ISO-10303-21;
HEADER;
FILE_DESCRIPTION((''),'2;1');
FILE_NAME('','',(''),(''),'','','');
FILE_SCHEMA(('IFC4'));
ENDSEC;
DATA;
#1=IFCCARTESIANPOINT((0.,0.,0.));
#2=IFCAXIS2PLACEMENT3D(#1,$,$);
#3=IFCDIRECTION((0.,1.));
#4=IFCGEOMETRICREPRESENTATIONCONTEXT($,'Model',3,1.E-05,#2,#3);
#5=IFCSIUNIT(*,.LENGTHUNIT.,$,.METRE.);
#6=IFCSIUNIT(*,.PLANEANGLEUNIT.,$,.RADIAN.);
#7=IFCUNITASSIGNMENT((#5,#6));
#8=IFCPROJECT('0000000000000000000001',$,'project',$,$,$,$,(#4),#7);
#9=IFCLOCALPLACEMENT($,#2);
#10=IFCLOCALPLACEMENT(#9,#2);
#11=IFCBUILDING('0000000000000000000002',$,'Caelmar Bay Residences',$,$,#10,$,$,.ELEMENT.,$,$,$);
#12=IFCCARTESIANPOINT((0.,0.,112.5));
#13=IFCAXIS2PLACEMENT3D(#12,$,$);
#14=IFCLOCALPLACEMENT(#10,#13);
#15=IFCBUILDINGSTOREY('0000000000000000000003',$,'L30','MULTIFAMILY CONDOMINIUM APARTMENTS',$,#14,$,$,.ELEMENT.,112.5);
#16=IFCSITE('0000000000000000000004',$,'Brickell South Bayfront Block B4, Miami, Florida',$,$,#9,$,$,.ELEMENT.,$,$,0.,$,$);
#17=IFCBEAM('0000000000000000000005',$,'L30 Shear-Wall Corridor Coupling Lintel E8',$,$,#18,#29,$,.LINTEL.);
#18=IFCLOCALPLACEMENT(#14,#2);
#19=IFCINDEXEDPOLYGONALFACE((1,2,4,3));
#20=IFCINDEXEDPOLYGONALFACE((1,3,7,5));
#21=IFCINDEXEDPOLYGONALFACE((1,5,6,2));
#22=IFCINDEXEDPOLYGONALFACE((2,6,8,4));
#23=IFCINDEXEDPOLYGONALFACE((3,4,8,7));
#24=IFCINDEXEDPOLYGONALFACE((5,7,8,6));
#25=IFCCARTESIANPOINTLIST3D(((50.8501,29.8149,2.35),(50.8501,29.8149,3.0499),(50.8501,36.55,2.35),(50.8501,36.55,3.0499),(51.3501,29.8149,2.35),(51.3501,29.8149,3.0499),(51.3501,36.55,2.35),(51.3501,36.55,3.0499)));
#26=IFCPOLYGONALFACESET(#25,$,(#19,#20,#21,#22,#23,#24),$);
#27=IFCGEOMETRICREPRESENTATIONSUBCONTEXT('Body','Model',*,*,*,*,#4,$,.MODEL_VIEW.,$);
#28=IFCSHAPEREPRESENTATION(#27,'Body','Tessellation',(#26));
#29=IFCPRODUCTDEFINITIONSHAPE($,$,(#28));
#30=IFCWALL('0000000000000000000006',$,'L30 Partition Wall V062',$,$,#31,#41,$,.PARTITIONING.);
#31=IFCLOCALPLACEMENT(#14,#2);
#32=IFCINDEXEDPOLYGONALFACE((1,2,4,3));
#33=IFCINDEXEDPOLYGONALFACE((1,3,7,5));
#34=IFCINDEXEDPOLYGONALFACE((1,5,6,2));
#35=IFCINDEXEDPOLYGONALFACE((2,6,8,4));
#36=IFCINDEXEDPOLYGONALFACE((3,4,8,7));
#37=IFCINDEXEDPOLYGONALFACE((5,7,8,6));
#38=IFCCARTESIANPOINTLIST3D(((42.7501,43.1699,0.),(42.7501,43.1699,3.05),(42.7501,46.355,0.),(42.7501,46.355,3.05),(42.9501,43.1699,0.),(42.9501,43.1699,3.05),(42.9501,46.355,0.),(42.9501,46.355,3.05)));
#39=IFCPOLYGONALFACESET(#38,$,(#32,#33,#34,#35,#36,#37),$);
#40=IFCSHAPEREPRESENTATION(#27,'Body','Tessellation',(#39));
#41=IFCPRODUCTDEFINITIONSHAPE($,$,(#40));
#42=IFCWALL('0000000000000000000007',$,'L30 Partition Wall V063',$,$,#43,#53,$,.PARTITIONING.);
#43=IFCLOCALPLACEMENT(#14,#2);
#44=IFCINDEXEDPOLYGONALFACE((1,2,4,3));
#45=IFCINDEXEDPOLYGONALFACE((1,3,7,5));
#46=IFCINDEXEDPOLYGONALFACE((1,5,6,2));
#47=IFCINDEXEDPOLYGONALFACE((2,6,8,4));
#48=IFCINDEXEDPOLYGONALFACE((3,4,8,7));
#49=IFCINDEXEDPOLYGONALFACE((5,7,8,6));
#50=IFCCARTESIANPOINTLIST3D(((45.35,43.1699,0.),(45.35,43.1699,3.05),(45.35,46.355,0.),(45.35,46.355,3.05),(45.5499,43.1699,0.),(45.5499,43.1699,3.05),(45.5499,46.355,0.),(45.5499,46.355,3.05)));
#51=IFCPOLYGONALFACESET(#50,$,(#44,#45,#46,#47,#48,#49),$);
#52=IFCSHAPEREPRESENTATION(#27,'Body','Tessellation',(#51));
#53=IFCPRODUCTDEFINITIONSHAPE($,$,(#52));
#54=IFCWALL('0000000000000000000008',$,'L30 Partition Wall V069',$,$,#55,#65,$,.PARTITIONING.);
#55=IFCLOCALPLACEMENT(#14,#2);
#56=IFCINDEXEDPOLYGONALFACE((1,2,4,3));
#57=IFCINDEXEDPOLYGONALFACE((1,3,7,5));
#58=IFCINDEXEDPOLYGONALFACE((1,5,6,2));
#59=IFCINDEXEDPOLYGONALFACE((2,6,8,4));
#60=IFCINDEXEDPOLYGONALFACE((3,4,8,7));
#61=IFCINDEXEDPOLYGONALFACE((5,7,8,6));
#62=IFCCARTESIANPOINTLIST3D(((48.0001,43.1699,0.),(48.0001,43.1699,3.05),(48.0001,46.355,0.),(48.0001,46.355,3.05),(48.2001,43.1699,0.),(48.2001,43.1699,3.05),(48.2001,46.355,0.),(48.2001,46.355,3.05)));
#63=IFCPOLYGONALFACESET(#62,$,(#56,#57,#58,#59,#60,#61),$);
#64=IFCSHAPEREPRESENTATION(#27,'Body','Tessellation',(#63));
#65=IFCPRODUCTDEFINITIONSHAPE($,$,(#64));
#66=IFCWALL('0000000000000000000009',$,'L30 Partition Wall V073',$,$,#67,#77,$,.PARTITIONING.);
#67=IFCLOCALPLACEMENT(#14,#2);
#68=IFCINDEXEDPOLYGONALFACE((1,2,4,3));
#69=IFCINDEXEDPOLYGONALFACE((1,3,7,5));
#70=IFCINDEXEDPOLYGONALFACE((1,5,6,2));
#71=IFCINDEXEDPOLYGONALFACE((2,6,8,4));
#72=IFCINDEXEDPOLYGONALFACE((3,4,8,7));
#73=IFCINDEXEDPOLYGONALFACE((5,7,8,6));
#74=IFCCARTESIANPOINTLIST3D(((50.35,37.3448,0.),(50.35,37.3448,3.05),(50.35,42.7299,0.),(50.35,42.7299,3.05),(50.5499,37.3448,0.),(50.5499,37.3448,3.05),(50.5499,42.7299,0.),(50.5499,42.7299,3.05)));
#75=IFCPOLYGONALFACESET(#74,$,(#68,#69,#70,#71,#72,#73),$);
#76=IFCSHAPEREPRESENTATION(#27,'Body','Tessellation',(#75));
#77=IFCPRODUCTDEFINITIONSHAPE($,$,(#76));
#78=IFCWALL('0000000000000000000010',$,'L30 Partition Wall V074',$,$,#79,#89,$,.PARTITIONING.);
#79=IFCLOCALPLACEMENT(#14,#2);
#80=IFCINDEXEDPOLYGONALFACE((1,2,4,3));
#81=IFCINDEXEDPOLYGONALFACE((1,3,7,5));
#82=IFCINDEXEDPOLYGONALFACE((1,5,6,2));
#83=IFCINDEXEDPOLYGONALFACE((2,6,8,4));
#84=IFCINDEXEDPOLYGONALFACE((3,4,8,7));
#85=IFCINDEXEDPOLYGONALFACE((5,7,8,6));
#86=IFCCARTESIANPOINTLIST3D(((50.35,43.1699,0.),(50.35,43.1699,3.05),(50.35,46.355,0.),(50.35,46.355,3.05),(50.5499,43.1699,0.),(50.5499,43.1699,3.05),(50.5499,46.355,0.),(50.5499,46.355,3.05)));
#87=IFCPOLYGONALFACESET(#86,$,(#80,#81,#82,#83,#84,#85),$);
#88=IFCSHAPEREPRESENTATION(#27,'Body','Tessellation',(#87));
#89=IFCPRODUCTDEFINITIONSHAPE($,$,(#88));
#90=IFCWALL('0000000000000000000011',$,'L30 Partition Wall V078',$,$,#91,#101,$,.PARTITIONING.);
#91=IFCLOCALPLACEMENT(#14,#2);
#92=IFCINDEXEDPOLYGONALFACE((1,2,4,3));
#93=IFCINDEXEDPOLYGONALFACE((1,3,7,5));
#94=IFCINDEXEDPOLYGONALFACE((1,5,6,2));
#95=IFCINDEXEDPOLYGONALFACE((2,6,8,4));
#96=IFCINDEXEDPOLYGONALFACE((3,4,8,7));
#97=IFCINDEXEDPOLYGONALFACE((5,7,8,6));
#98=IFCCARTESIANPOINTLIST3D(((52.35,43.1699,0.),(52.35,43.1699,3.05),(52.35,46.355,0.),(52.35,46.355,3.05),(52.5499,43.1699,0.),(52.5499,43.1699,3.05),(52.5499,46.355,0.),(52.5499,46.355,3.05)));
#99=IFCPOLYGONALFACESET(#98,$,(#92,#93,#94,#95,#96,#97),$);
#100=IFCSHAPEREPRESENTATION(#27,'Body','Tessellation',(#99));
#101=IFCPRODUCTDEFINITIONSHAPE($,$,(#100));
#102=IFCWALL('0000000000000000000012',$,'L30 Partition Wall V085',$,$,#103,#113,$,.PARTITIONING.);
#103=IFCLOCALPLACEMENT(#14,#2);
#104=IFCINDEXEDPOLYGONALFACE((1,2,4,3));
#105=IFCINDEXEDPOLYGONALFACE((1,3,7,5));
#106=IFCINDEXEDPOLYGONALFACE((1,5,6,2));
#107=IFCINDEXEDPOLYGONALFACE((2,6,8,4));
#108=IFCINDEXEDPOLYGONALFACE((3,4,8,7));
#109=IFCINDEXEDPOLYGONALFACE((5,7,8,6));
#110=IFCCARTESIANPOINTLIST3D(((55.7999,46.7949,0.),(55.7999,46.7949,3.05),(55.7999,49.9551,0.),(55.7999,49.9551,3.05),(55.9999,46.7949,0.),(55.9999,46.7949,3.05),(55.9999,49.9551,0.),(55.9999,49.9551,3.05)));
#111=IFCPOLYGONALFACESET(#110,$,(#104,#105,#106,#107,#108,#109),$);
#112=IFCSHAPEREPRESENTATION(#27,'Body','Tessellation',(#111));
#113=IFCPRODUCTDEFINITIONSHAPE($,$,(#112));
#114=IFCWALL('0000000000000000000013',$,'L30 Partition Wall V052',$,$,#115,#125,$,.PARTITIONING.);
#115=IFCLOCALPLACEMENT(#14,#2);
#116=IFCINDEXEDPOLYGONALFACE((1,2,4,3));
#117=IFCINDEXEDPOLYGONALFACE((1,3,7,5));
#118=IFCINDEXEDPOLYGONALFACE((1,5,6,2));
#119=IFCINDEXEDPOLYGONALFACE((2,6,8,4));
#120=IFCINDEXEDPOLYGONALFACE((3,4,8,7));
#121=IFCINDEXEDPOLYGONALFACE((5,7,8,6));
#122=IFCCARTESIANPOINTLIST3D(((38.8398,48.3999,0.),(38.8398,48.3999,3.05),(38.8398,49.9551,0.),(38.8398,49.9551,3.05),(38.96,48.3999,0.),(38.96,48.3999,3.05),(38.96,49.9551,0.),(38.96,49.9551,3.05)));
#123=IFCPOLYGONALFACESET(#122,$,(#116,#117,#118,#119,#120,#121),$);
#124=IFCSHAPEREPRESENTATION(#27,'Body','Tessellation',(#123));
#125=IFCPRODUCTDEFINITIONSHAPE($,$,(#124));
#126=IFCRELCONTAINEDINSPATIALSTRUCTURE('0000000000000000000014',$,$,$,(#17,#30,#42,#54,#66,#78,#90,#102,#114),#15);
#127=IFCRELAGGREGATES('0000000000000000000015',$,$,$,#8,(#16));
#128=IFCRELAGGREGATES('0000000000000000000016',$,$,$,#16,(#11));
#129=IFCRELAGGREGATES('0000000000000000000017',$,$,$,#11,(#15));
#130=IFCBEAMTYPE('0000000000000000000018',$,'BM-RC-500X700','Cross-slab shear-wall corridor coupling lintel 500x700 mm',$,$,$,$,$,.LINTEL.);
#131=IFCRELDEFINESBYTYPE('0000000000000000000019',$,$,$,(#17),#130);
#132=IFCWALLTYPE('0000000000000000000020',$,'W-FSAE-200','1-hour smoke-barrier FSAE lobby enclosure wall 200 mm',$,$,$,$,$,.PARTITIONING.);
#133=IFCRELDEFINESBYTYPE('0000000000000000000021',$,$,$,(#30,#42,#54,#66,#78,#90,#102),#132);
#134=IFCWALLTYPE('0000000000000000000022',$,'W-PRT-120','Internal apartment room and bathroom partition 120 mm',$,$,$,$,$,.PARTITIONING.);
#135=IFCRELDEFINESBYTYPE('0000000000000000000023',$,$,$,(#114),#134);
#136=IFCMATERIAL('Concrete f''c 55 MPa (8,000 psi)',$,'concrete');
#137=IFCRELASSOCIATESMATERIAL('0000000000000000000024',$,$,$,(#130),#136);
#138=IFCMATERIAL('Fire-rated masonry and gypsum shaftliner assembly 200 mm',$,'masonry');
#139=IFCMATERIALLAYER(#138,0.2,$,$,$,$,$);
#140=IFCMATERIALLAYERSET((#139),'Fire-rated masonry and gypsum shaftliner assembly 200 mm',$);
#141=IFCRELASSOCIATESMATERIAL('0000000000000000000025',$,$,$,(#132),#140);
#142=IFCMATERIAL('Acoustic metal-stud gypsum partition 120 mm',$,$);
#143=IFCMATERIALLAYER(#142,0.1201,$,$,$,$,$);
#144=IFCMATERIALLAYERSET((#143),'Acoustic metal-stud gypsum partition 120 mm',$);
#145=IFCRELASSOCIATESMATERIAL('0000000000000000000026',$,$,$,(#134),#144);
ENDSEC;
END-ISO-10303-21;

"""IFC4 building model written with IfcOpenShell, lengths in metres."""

from ifc_helpers import new_model, si_unit, direction, frame, frame_2d, origin, origin_2d, place, context, subcontext, project, spatial, rectangle, extrude, material, layer, layer_set, material_profile, profile_set, type_object, element, save


model = new_model("IFC4")

# Units and contexts
model_context = context("Model", 3, precision=1e-05, world=origin(), true_north=direction((0.0, 1.0)))
body_context = subcontext(model_context, "Body", "Model", "MODEL_VIEW")
ifc_project = project(units=[si_unit("LENGTHUNIT", "METRE"), si_unit("PLANEANGLEUNIT", "RADIAN")], contexts=[model_context])

# Site, building, storey
site_placement = place(None, origin())
site = spatial("IfcSite", under=ifc_project, at=site_placement, Name="Brickell South Bayfront Block B4, Miami, Florida", CompositionType="ELEMENT", RefElevation=0.0)
building_placement = place(site_placement, origin())
building = spatial("IfcBuilding", under=site, at=building_placement, Name="Caelmar Bay Residences", CompositionType="ELEMENT")
storey_placement = place(building_placement, frame((0.0, 0.0, 112.5)))
storey = spatial("IfcBuildingStorey", under=building, at=storey_placement, Name="L30", Description="MULTIFAMILY CONDOMINIUM APARTMENTS", CompositionType="ELEMENT", Elevation=112.5)

# Beam
ifc_material_1 = material(Name="Concrete f'c 55 MPa (8,000 psi)", Category="concrete")
ifc_material_profile_1 = material_profile(ifc_material_1, rectangle(XDim=0.5, YDim=0.7, at=origin_2d()), Name="RC-BM-500X700")
ifc_profile_set_1 = profile_set([ifc_material_profile_1], Name="Concrete f'c 55 MPa (8,000 psi)")
beam_type_1 = type_object("IfcBeamType", Name="BM-RC-500X700", Description="Cross-slab shear-wall corridor coupling lintel 500x700 mm", PredefinedType="LINTEL", material=ifc_profile_set_1)
beam_1_placement = place(storey_placement, frame((51.1001, 29.8149, 2.7), z_axis=(0.0, 1.0, 0.0), x_axis=(-1.0, 0.0, 0.0)))
element("IfcBeam", 1, at=beam_1_placement, inside=storey, type_object=beam_type_1, Name="L30 Shear-Wall Corridor Coupling Lintel E8", PredefinedType="LINTEL", context=body_context, shape_type="SweptSolid", body=[
    extrude(rectangle(XDim=0.5, YDim=0.7, at=origin_2d()), origin(), (0.0, 0.0, 1.0), 6.7351),
])

# Walls
ifc_material_2 = material(Name="Fire-rated masonry and gypsum shaftliner assembly 200 mm", Category="masonry")
ifc_layer_1 = layer(ifc_material_2, 0.2)
ifc_layer_set_1 = layer_set([ifc_layer_1], Name="Fire-rated masonry and gypsum shaftliner assembly 200 mm")
wall_type_1 = type_object("IfcWallType", Name="W-FSAE-200", Description="1-hour smoke-barrier FSAE lobby enclosure wall 200 mm", PredefinedType="PARTITIONING", material=ifc_layer_set_1)
for number, where, z_axis, x_axis, name in (
    (2, (42.8501, 43.1699, 0.0), (0.0, 0.0, 1.0), (0.0, 1.0, 0.0), "L30 Partition Wall V062"),
    (3, (45.45, 43.1699, 0.0), (0.0, 0.0, 1.0), (0.0, 1.0, 0.0), "L30 Partition Wall V063"),
    (4, (48.1001, 43.1699, 0.0), (0.0, 0.0, 1.0), (0.0, 1.0, 0.0), "L30 Partition Wall V069"),
):
    element("IfcWall", number, at=place(storey_placement, frame(where, z_axis=z_axis, x_axis=x_axis)), inside=storey, type_object=wall_type_1, Name=name, PredefinedType="PARTITIONING", context=body_context, shape_type="SweptSolid", body=[
        extrude(rectangle(XDim=3.1851, YDim=0.2, at=frame_2d((1.5925, 0.0))), origin(), (0.0, 0.0, 1.0), 3.05),
    ])
wall_1_placement = place(storey_placement, frame((50.45, 37.345, 0.0), z_axis=(0.0, 0.0, 1.0), x_axis=(0.0, 1.0, 0.0)))
element("IfcWall", 5, at=wall_1_placement, inside=storey, type_object=wall_type_1, Name="L30 Partition Wall V073", PredefinedType="PARTITIONING", context=body_context, shape_type="SweptSolid", body=[
    extrude(rectangle(XDim=5.385, YDim=0.2, at=frame_2d((2.6924, 0.0))), origin(), (0.0, 0.0, 1.0), 3.05),
])
for number, where, z_axis, x_axis, name in (
    (6, (50.45, 43.1699, 0.0), (0.0, 0.0, 1.0), (0.0, 1.0, 0.0), "L30 Partition Wall V074"),
    (7, (52.45, 43.1699, 0.0), (0.0, 0.0, 1.0), (0.0, 1.0, 0.0), "L30 Partition Wall V078"),
):
    element("IfcWall", number, at=place(storey_placement, frame(where, z_axis=z_axis, x_axis=x_axis)), inside=storey, type_object=wall_type_1, Name=name, PredefinedType="PARTITIONING", context=body_context, shape_type="SweptSolid", body=[
        extrude(rectangle(XDim=3.1851, YDim=0.2, at=frame_2d((1.5925, 0.0))), origin(), (0.0, 0.0, 1.0), 3.05),
    ])
wall_2_placement = place(storey_placement, frame((55.8999, 46.7949, 0.0), z_axis=(0.0, 0.0, 1.0), x_axis=(0.0, 1.0, 0.0)))
element("IfcWall", 8, at=wall_2_placement, inside=storey, type_object=wall_type_1, Name="L30 Partition Wall V085", PredefinedType="PARTITIONING", context=body_context, shape_type="SweptSolid", body=[
    extrude(rectangle(XDim=3.1602, YDim=0.2, at=frame_2d((1.5801, 0.0))), origin(), (0.0, 0.0, 1.0), 3.05),
])
ifc_material_3 = material(Name="Acoustic metal-stud gypsum partition 120 mm")
ifc_layer_2 = layer(ifc_material_3, 0.1201)
ifc_layer_set_2 = layer_set([ifc_layer_2], Name="Acoustic metal-stud gypsum partition 120 mm")
wall_type_2 = type_object("IfcWallType", Name="W-PRT-120", Description="Internal apartment room and bathroom partition 120 mm", PredefinedType="PARTITIONING", material=ifc_layer_set_2)
wall_3_placement = place(storey_placement, frame((38.8999, 48.3999, 0.0), z_axis=(0.0, 0.0, 1.0), x_axis=(0.0, 1.0, 0.0)))
element("IfcWall", 9, at=wall_3_placement, inside=storey, type_object=wall_type_2, Name="L30 Partition Wall V052", PredefinedType="PARTITIONING", context=body_context, shape_type="SweptSolid", body=[
    extrude(rectangle(XDim=1.5552, YDim=0.1201, at=frame_2d((0.7776, 0.0))), origin(), (0.0, 0.0, 1.0), 3.05),
])

save(model, "model.ifc")
